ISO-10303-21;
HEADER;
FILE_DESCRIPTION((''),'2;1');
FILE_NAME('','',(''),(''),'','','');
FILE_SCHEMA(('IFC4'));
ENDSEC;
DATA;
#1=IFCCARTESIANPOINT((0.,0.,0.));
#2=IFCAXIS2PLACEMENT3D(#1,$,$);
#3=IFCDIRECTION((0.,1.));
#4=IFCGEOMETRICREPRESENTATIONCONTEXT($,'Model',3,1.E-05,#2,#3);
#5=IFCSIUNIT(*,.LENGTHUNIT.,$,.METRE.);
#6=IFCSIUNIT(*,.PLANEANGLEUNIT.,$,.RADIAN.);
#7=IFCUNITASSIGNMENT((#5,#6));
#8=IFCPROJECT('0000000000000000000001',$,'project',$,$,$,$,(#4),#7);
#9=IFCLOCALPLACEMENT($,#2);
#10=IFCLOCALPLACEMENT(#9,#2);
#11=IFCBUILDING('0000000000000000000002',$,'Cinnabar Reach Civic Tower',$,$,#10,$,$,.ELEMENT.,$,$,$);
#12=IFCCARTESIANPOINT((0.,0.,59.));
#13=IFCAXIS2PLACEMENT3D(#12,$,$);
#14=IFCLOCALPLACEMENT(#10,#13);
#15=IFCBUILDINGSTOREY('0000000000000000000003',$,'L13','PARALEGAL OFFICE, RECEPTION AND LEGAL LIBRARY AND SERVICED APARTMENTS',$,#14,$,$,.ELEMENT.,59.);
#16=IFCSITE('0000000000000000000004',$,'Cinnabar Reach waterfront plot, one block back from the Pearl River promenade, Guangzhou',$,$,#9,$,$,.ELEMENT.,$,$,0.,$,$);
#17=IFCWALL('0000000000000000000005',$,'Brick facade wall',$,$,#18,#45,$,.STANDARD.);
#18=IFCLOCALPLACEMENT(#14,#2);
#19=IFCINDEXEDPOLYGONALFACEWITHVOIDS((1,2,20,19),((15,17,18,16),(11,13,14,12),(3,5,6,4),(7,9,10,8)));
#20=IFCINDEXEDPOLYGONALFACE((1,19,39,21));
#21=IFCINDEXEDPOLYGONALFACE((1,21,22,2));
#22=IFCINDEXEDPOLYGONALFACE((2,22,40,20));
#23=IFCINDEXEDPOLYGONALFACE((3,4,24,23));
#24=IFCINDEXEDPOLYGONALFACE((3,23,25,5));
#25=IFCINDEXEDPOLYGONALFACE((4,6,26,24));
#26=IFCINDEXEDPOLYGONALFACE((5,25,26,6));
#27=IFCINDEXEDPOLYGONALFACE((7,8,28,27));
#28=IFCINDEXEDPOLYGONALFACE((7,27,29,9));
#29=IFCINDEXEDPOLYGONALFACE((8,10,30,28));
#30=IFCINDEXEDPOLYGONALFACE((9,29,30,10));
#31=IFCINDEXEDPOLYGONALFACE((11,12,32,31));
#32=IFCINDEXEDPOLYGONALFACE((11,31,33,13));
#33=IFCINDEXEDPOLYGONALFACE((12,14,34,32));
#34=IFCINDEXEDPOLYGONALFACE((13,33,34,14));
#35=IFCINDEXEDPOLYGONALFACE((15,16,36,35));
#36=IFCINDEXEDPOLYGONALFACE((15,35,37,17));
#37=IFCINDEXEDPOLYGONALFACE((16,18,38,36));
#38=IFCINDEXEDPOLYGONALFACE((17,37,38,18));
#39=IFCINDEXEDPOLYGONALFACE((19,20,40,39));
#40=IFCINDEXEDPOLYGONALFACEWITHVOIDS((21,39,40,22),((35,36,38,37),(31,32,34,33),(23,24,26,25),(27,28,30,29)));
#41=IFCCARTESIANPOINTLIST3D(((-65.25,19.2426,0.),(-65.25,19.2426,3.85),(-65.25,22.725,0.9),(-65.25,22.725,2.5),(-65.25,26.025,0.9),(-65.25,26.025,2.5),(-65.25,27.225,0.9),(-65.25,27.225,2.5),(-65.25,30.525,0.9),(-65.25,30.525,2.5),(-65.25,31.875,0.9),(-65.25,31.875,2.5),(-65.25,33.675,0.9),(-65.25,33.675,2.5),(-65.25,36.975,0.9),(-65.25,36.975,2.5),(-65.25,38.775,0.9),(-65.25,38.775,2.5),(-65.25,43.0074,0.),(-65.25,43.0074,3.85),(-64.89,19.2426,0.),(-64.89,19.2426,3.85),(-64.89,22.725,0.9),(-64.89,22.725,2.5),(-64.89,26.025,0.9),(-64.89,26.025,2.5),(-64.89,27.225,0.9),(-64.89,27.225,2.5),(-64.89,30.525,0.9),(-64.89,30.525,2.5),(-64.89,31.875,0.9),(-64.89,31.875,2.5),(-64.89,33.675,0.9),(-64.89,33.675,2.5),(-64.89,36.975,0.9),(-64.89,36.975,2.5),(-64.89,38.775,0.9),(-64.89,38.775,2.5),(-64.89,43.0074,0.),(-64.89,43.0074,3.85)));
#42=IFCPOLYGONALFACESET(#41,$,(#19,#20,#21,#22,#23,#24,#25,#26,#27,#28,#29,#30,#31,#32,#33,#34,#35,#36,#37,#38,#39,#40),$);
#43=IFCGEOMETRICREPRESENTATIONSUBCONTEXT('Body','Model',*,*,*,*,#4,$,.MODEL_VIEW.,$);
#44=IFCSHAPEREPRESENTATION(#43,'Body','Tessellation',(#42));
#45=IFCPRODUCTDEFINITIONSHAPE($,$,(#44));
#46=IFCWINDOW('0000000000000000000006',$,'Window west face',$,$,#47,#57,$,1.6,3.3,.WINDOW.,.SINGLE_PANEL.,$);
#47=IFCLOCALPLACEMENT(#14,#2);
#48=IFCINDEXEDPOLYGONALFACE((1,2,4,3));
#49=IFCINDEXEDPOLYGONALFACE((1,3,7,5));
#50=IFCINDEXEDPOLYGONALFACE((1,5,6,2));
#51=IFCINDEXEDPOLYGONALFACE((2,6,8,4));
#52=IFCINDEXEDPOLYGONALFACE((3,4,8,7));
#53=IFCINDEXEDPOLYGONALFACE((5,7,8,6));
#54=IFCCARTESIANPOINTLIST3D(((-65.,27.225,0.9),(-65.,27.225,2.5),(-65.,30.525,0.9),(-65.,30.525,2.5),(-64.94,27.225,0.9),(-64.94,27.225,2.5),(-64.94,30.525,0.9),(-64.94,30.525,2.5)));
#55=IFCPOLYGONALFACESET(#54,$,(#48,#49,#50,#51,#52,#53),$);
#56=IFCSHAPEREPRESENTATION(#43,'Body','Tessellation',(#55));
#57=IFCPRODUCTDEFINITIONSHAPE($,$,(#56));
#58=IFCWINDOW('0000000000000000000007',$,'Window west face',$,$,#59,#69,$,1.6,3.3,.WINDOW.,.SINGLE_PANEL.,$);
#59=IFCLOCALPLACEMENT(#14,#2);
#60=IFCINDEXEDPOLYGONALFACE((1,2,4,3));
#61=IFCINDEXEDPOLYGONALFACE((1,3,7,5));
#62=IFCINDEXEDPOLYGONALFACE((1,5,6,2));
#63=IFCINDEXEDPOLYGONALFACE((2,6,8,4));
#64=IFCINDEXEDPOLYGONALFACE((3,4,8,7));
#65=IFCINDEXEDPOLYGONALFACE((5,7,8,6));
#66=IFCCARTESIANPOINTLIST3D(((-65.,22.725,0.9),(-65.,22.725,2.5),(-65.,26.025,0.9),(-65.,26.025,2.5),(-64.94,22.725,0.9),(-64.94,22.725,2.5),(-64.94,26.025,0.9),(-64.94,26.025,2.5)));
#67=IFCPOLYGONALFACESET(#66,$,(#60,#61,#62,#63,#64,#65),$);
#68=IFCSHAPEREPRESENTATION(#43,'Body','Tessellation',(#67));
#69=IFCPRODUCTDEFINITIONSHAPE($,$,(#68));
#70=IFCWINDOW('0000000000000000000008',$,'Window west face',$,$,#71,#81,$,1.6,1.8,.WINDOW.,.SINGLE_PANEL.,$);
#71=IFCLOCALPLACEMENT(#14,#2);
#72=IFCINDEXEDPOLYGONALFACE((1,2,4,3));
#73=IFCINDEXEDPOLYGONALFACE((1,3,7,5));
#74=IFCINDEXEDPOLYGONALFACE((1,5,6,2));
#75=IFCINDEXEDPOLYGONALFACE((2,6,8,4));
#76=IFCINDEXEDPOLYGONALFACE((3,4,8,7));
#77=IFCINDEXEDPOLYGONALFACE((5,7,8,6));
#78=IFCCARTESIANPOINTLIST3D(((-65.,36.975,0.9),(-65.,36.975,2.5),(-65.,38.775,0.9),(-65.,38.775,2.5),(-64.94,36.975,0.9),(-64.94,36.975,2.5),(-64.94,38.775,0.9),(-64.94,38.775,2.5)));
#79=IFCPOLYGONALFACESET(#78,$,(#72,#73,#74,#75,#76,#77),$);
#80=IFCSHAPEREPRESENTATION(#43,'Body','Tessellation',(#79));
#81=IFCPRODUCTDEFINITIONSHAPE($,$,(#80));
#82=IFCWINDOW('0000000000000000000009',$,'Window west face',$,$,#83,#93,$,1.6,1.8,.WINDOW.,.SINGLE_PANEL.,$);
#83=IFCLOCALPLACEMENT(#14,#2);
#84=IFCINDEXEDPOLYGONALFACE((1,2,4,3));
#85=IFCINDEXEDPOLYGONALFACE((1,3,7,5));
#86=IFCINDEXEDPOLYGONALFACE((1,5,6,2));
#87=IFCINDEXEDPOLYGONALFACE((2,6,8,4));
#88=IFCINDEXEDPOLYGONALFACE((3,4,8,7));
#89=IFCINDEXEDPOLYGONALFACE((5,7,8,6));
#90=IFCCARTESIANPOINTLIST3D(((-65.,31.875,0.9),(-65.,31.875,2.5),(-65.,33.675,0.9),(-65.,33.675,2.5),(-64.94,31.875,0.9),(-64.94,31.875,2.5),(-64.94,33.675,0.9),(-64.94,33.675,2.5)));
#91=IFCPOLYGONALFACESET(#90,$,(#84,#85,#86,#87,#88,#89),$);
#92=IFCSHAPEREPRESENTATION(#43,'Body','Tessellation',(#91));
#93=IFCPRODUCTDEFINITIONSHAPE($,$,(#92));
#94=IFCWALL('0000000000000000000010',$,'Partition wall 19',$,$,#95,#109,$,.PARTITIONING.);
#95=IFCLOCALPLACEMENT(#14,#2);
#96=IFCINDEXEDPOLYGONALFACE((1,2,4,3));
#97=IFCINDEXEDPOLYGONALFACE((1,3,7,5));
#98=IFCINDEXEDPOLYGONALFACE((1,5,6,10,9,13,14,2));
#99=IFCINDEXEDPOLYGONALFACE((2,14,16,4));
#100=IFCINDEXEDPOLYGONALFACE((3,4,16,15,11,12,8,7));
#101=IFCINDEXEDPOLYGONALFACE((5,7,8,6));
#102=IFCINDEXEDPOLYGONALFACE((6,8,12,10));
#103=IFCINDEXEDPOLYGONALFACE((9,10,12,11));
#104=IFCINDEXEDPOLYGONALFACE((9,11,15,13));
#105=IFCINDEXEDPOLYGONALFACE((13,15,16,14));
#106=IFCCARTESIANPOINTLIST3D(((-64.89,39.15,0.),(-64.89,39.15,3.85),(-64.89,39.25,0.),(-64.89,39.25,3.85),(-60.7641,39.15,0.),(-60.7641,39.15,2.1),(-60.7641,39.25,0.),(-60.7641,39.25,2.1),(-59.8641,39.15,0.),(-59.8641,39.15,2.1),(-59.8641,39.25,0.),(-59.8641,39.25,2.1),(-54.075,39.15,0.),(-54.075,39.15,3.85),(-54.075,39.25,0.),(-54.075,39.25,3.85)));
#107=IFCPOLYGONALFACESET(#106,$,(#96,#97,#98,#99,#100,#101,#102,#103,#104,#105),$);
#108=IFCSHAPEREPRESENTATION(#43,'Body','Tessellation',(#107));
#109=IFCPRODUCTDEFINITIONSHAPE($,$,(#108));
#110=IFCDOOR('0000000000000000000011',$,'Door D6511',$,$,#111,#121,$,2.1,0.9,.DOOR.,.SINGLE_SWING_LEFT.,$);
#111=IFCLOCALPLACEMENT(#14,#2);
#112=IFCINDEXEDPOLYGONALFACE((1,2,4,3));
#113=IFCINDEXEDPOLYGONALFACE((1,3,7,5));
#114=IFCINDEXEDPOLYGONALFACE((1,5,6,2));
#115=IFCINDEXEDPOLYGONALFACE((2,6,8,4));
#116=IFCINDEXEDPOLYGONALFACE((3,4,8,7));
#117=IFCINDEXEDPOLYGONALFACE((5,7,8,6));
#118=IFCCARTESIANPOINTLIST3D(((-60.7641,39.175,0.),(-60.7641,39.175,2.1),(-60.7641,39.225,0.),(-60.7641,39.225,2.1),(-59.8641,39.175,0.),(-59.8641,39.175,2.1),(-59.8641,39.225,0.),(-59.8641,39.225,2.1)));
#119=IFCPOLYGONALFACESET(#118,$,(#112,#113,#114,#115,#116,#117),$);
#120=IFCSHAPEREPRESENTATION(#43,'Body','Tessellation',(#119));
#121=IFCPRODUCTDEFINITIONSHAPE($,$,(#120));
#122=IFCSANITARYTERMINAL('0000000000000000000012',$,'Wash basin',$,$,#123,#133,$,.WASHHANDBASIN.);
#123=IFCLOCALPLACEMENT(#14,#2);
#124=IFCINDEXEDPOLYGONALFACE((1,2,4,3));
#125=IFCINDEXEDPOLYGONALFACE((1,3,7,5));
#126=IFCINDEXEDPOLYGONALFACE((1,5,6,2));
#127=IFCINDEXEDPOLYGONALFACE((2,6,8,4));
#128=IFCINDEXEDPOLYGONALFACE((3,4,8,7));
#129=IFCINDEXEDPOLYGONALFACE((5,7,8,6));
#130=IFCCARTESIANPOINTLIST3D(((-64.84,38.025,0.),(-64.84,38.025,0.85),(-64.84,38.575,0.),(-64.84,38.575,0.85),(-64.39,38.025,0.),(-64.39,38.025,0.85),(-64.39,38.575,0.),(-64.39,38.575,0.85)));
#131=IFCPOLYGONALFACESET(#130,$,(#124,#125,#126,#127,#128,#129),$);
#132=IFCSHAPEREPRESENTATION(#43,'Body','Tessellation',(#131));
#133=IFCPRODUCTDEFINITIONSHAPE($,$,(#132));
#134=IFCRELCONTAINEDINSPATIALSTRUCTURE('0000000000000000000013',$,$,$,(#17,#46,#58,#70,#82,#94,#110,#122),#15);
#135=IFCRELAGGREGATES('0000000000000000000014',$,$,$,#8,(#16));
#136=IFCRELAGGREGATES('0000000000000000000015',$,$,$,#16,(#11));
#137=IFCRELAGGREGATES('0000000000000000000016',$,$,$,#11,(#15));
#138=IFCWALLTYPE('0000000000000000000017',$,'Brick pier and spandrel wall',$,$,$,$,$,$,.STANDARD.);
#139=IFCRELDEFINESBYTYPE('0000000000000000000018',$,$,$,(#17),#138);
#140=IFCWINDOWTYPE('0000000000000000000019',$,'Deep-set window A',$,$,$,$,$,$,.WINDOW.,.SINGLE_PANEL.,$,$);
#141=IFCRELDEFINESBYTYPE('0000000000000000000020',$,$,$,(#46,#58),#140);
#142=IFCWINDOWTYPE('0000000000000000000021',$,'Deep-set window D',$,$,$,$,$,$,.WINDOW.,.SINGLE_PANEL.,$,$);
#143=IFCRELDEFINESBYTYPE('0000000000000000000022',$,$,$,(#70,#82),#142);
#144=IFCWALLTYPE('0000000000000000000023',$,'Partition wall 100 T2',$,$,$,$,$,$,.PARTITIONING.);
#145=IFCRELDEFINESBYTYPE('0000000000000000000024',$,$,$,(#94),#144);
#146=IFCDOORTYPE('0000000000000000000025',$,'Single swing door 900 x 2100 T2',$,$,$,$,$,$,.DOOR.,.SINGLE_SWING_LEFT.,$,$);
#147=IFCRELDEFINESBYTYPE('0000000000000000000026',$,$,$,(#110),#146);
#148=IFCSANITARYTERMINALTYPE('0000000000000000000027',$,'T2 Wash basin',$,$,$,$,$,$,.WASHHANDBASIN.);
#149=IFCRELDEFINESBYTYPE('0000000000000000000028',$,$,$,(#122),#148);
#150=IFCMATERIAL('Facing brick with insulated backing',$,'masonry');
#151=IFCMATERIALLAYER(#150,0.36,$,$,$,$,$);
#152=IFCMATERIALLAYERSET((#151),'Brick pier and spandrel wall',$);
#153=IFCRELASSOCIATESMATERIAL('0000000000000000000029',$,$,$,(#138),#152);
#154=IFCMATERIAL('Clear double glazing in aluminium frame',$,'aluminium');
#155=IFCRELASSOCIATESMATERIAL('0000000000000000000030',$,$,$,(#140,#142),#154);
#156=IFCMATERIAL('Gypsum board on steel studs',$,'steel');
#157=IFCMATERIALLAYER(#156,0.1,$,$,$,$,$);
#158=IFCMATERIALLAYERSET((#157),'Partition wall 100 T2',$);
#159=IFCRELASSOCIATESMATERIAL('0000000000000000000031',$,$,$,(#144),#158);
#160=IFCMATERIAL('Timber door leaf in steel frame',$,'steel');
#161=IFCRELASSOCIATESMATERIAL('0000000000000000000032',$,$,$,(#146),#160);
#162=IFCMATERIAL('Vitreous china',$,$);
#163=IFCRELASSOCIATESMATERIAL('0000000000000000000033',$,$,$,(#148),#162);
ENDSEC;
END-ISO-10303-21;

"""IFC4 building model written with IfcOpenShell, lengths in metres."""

from ifc_helpers import new_model, si_unit, direction, frame, frame_2d, origin, origin_2d, place, context, subcontext, project, spatial, rectangle, extrude, material, layer, layer_set, type_object, element, fill, save


model = new_model("IFC4")

# Units and contexts
model_context = context("Model", 3, precision=1e-05, world=origin(), true_north=direction((0.0, 1.0)))
body_context = subcontext(model_context, "Body", "Model", "MODEL_VIEW")
ifc_project = project(units=[si_unit("LENGTHUNIT", "METRE"), si_unit("PLANEANGLEUNIT", "RADIAN")], contexts=[model_context])

# Site, building, storey
site_placement = place(None, origin())
site = spatial("IfcSite", under=ifc_project, at=site_placement, Name="Cinnabar Reach waterfront plot, one block back from the Pearl River promenade, Guangzhou", CompositionType="ELEMENT", RefElevation=0.0)
building_placement = place(site_placement, origin())
building = spatial("IfcBuilding", under=site, at=building_placement, Name="Cinnabar Reach Civic Tower", CompositionType="ELEMENT")
storey_placement = place(building_placement, frame((0.0, 0.0, 59.0)))
storey = spatial("IfcBuildingStorey", under=building, at=storey_placement, Name="L13", Description="PARALEGAL OFFICE, RECEPTION AND LEGAL LIBRARY AND SERVICED APARTMENTS", CompositionType="ELEMENT", Elevation=59.0)

# Shared definitions
ifc_material_1 = material(Name="Facing brick with insulated backing", Category="masonry")
ifc_layer_1 = layer(ifc_material_1, 0.36)
ifc_layer_set_1 = layer_set([ifc_layer_1], Name="Brick pier and spandrel wall")
wall_type_1 = type_object("IfcWallType", Name="Brick pier and spandrel wall", PredefinedType="STANDARD", material=ifc_layer_set_1)

# Wall, openings, windows
wall_1_placement = place(storey_placement, frame((-65.07, 43.0074, 0.0), z_axis=(0.0, 0.0, 1.0), x_axis=(0.0, -1.0, 0.0)))
wall_1 = element("IfcWall", 1, at=wall_1_placement, inside=storey, type_object=wall_type_1, Name="Brick facade wall", PredefinedType="STANDARD", context=body_context, shape_type="SweptSolid", body=[
    extrude(rectangle(XDim=23.7648, YDim=0.36, at=frame_2d((11.8824, 0.0))), origin(), (0.0, 0.0, 1.0), 3.85),
])
opening_1_placement = place(wall_1_placement, frame((4.2324, 0.0, 0.9)))
opening_1 = element("IfcOpeningElement", 2, at=opening_1_placement, cuts=wall_1, PredefinedType="OPENING", context=body_context, shape_type="SweptSolid", body=[
    extrude(rectangle(XDim=1.8, YDim=1.6, at=frame_2d((0.9, 0.8))), frame((0.0, 0.19, 0.0), z_axis=(0.0, -1.0, 0.0), x_axis=(1.0, 0.0, 0.0)), (0.0, 0.0, 1.0), 0.38),
])
opening_2_placement = place(wall_1_placement, frame((9.3324, 0.0, 0.9)))
opening_2 = element("IfcOpeningElement", 3, at=opening_2_placement, cuts=wall_1, PredefinedType="OPENING", context=body_context, shape_type="SweptSolid", body=[
    extrude(rectangle(XDim=1.8, YDim=1.6, at=frame_2d((0.9, 0.8))), frame((0.0, 0.19, 0.0), z_axis=(0.0, -1.0, 0.0), x_axis=(1.0, 0.0, 0.0)), (0.0, 0.0, 1.0), 0.38),
])
opening_3_placement = place(wall_1_placement, frame((12.4824, 0.0, 0.9)))
opening_3 = element("IfcOpeningElement", 4, at=opening_3_placement, cuts=wall_1, PredefinedType="OPENING", context=body_context, shape_type="SweptSolid", body=[
    extrude(rectangle(XDim=3.3, YDim=1.6, at=frame_2d((1.65, 0.8))), frame((0.0, 0.19, 0.0), z_axis=(0.0, -1.0, 0.0), x_axis=(1.0, 0.0, 0.0)), (0.0, 0.0, 1.0), 0.38),
])
opening_4_placement = place(wall_1_placement, frame((16.9824, 0.0, 0.9)))
opening_4 = element("IfcOpeningElement", 5, at=opening_4_placement, cuts=wall_1, PredefinedType="OPENING", context=body_context, shape_type="SweptSolid", body=[
    extrude(rectangle(XDim=3.3, YDim=1.6, at=frame_2d((1.65, 0.8))), frame((0.0, 0.19, 0.0), z_axis=(0.0, -1.0, 0.0), x_axis=(1.0, 0.0, 0.0)), (0.0, 0.0, 1.0), 0.38),
])
ifc_material_2 = material(Name="Clear double glazing in aluminium frame", Category="aluminium")
window_type_1 = type_object("IfcWindowType", Name="Deep-set window A", PartitioningType="SINGLE_PANEL", PredefinedType="WINDOW", material=ifc_material_2)
window_1_placement = place(opening_3_placement, origin())
window_1 = element("IfcWindow", 6, at=window_1_placement, inside=storey, type_object=window_type_1, Name="Window west face", OverallHeight=1.6, OverallWidth=3.3, PartitioningType="SINGLE_PANEL", PredefinedType="WINDOW", context=body_context, shape_type="SweptSolid", body=[
    extrude(rectangle(XDim=3.3, YDim=1.6, at=frame_2d((1.65, 0.8))), frame((0.0, 0.13, 0.0), z_axis=(0.0, -1.0, 0.0), x_axis=(1.0, 0.0, 0.0)), (0.0, 0.0, 1.0), 0.06),
])
fill(opening_3, window_1)
window_2_placement = place(opening_4_placement, origin())
window_2 = element("IfcWindow", 7, at=window_2_placement, inside=storey, type_object=window_type_1, Name="Window west face", OverallHeight=1.6, OverallWidth=3.3, PartitioningType="SINGLE_PANEL", PredefinedType="WINDOW", context=body_context, shape_type="SweptSolid", body=[
    extrude(rectangle(XDim=3.3, YDim=1.6, at=frame_2d((1.65, 0.8))), frame((0.0, 0.13, 0.0), z_axis=(0.0, -1.0, 0.0), x_axis=(1.0, 0.0, 0.0)), (0.0, 0.0, 1.0), 0.06),
])
fill(opening_4, window_2)
window_type_2 = type_object("IfcWindowType", Name="Deep-set window D", PartitioningType="SINGLE_PANEL", PredefinedType="WINDOW", material=ifc_material_2)
window_3_placement = place(opening_1_placement, origin())
window_3 = element("IfcWindow", 8, at=window_3_placement, inside=storey, type_object=window_type_2, Name="Window west face", OverallHeight=1.6, OverallWidth=1.8, PartitioningType="SINGLE_PANEL", PredefinedType="WINDOW", context=body_context, shape_type="SweptSolid", body=[
    extrude(rectangle(XDim=1.8, YDim=1.6, at=frame_2d((0.9, 0.8))), frame((0.0, 0.13, 0.0), z_axis=(0.0, -1.0, 0.0), x_axis=(1.0, 0.0, 0.0)), (0.0, 0.0, 1.0), 0.06),
])
fill(opening_1, window_3)
window_4_placement = place(opening_2_placement, origin())
window_4 = element("IfcWindow", 9, at=window_4_placement, inside=storey, type_object=window_type_2, Name="Window west face", OverallHeight=1.6, OverallWidth=1.8, PartitioningType="SINGLE_PANEL", PredefinedType="WINDOW", context=body_context, shape_type="SweptSolid", body=[
    extrude(rectangle(XDim=1.8, YDim=1.6, at=frame_2d((0.9, 0.8))), frame((0.0, 0.13, 0.0), z_axis=(0.0, -1.0, 0.0), x_axis=(1.0, 0.0, 0.0)), (0.0, 0.0, 1.0), 0.06),
])
fill(opening_2, window_4)

# Wall, opening, door
ifc_material_3 = material(Name="Gypsum board on steel studs", Category="steel")
ifc_layer_2 = layer(ifc_material_3, 0.1)
ifc_layer_set_2 = layer_set([ifc_layer_2], Name="Partition wall 100 T2")
wall_type_2 = type_object("IfcWallType", Name="Partition wall 100 T2", PredefinedType="PARTITIONING", material=ifc_layer_set_2)
wall_2_placement = place(storey_placement, frame((-64.89, 39.2, 0.0), z_axis=(0.0, 0.0, 1.0), x_axis=(1.0, 0.0, 0.0)))
wall_2 = element("IfcWall", 10, at=wall_2_placement, inside=storey, type_object=wall_type_2, Name="Partition wall 19", PredefinedType="PARTITIONING", context=body_context, shape_type="SweptSolid", body=[
    extrude(rectangle(XDim=10.815, YDim=0.1, at=frame_2d((5.4075, 0.0))), origin(), (0.0, 0.0, 1.0), 3.85),
])
opening_5_placement = place(wall_2_placement, frame((4.1259, 0.0, 0.0)))
opening_5 = element("IfcOpeningElement", 11, at=opening_5_placement, cuts=wall_2, PredefinedType="OPENING", context=body_context, shape_type="SweptSolid", body=[
    extrude(rectangle(XDim=0.9, YDim=2.1, at=frame_2d((0.45, 1.05))), frame((0.0, 0.06, 0.0), z_axis=(0.0, -1.0, 0.0), x_axis=(1.0, 0.0, 0.0)), (0.0, 0.0, 1.0), 0.12),
])
ifc_material_4 = material(Name="Timber door leaf in steel frame", Category="steel")
door_type = type_object("IfcDoorType", Name="Single swing door 900 x 2100 T2", OperationType="SINGLE_SWING_LEFT", PredefinedType="DOOR", material=ifc_material_4)
door_placement = place(opening_5_placement, frame((0.9, 0.0, 0.0), z_axis=(0.0, 0.0, 1.0), x_axis=(-1.0, 0.0, 0.0)))
door = element("IfcDoor", 12, at=door_placement, inside=storey, type_object=door_type, Name="Door D6511", OperationType="SINGLE_SWING_LEFT", OverallHeight=2.1, OverallWidth=0.9, PredefinedType="DOOR", context=body_context, shape_type="SweptSolid", body=[
    extrude(rectangle(XDim=0.9, YDim=2.1, at=frame_2d((0.45, 1.05))), frame((0.0, 0.025, 0.0), z_axis=(0.0, -1.0, 0.0), x_axis=(1.0, 0.0, 0.0)), (0.0, 0.0, 1.0), 0.05),
])
fill(opening_5, door)

# Sanitary terminal
ifc_material_5 = material(Name="Vitreous china")
sanitary_terminal_type = type_object("IfcSanitaryTerminalType", Name="T2 Wash basin", PredefinedType="WASHHANDBASIN", material=ifc_material_5)
sanitary_terminal_placement = place(storey_placement, frame((-64.615, 38.3, 0.0), z_axis=(0.0, 0.0, 1.0), x_axis=(1.0, 0.0, 0.0)))
element("IfcSanitaryTerminal", 13, at=sanitary_terminal_placement, inside=storey, type_object=sanitary_terminal_type, Name="Wash basin", PredefinedType="WASHHANDBASIN", context=body_context, shape_type="SweptSolid", body=[
    extrude(rectangle(XDim=0.45, YDim=0.55, at=origin_2d()), origin(), (0.0, 0.0, 1.0), 0.85),
])

save(model, "model.ifc")
